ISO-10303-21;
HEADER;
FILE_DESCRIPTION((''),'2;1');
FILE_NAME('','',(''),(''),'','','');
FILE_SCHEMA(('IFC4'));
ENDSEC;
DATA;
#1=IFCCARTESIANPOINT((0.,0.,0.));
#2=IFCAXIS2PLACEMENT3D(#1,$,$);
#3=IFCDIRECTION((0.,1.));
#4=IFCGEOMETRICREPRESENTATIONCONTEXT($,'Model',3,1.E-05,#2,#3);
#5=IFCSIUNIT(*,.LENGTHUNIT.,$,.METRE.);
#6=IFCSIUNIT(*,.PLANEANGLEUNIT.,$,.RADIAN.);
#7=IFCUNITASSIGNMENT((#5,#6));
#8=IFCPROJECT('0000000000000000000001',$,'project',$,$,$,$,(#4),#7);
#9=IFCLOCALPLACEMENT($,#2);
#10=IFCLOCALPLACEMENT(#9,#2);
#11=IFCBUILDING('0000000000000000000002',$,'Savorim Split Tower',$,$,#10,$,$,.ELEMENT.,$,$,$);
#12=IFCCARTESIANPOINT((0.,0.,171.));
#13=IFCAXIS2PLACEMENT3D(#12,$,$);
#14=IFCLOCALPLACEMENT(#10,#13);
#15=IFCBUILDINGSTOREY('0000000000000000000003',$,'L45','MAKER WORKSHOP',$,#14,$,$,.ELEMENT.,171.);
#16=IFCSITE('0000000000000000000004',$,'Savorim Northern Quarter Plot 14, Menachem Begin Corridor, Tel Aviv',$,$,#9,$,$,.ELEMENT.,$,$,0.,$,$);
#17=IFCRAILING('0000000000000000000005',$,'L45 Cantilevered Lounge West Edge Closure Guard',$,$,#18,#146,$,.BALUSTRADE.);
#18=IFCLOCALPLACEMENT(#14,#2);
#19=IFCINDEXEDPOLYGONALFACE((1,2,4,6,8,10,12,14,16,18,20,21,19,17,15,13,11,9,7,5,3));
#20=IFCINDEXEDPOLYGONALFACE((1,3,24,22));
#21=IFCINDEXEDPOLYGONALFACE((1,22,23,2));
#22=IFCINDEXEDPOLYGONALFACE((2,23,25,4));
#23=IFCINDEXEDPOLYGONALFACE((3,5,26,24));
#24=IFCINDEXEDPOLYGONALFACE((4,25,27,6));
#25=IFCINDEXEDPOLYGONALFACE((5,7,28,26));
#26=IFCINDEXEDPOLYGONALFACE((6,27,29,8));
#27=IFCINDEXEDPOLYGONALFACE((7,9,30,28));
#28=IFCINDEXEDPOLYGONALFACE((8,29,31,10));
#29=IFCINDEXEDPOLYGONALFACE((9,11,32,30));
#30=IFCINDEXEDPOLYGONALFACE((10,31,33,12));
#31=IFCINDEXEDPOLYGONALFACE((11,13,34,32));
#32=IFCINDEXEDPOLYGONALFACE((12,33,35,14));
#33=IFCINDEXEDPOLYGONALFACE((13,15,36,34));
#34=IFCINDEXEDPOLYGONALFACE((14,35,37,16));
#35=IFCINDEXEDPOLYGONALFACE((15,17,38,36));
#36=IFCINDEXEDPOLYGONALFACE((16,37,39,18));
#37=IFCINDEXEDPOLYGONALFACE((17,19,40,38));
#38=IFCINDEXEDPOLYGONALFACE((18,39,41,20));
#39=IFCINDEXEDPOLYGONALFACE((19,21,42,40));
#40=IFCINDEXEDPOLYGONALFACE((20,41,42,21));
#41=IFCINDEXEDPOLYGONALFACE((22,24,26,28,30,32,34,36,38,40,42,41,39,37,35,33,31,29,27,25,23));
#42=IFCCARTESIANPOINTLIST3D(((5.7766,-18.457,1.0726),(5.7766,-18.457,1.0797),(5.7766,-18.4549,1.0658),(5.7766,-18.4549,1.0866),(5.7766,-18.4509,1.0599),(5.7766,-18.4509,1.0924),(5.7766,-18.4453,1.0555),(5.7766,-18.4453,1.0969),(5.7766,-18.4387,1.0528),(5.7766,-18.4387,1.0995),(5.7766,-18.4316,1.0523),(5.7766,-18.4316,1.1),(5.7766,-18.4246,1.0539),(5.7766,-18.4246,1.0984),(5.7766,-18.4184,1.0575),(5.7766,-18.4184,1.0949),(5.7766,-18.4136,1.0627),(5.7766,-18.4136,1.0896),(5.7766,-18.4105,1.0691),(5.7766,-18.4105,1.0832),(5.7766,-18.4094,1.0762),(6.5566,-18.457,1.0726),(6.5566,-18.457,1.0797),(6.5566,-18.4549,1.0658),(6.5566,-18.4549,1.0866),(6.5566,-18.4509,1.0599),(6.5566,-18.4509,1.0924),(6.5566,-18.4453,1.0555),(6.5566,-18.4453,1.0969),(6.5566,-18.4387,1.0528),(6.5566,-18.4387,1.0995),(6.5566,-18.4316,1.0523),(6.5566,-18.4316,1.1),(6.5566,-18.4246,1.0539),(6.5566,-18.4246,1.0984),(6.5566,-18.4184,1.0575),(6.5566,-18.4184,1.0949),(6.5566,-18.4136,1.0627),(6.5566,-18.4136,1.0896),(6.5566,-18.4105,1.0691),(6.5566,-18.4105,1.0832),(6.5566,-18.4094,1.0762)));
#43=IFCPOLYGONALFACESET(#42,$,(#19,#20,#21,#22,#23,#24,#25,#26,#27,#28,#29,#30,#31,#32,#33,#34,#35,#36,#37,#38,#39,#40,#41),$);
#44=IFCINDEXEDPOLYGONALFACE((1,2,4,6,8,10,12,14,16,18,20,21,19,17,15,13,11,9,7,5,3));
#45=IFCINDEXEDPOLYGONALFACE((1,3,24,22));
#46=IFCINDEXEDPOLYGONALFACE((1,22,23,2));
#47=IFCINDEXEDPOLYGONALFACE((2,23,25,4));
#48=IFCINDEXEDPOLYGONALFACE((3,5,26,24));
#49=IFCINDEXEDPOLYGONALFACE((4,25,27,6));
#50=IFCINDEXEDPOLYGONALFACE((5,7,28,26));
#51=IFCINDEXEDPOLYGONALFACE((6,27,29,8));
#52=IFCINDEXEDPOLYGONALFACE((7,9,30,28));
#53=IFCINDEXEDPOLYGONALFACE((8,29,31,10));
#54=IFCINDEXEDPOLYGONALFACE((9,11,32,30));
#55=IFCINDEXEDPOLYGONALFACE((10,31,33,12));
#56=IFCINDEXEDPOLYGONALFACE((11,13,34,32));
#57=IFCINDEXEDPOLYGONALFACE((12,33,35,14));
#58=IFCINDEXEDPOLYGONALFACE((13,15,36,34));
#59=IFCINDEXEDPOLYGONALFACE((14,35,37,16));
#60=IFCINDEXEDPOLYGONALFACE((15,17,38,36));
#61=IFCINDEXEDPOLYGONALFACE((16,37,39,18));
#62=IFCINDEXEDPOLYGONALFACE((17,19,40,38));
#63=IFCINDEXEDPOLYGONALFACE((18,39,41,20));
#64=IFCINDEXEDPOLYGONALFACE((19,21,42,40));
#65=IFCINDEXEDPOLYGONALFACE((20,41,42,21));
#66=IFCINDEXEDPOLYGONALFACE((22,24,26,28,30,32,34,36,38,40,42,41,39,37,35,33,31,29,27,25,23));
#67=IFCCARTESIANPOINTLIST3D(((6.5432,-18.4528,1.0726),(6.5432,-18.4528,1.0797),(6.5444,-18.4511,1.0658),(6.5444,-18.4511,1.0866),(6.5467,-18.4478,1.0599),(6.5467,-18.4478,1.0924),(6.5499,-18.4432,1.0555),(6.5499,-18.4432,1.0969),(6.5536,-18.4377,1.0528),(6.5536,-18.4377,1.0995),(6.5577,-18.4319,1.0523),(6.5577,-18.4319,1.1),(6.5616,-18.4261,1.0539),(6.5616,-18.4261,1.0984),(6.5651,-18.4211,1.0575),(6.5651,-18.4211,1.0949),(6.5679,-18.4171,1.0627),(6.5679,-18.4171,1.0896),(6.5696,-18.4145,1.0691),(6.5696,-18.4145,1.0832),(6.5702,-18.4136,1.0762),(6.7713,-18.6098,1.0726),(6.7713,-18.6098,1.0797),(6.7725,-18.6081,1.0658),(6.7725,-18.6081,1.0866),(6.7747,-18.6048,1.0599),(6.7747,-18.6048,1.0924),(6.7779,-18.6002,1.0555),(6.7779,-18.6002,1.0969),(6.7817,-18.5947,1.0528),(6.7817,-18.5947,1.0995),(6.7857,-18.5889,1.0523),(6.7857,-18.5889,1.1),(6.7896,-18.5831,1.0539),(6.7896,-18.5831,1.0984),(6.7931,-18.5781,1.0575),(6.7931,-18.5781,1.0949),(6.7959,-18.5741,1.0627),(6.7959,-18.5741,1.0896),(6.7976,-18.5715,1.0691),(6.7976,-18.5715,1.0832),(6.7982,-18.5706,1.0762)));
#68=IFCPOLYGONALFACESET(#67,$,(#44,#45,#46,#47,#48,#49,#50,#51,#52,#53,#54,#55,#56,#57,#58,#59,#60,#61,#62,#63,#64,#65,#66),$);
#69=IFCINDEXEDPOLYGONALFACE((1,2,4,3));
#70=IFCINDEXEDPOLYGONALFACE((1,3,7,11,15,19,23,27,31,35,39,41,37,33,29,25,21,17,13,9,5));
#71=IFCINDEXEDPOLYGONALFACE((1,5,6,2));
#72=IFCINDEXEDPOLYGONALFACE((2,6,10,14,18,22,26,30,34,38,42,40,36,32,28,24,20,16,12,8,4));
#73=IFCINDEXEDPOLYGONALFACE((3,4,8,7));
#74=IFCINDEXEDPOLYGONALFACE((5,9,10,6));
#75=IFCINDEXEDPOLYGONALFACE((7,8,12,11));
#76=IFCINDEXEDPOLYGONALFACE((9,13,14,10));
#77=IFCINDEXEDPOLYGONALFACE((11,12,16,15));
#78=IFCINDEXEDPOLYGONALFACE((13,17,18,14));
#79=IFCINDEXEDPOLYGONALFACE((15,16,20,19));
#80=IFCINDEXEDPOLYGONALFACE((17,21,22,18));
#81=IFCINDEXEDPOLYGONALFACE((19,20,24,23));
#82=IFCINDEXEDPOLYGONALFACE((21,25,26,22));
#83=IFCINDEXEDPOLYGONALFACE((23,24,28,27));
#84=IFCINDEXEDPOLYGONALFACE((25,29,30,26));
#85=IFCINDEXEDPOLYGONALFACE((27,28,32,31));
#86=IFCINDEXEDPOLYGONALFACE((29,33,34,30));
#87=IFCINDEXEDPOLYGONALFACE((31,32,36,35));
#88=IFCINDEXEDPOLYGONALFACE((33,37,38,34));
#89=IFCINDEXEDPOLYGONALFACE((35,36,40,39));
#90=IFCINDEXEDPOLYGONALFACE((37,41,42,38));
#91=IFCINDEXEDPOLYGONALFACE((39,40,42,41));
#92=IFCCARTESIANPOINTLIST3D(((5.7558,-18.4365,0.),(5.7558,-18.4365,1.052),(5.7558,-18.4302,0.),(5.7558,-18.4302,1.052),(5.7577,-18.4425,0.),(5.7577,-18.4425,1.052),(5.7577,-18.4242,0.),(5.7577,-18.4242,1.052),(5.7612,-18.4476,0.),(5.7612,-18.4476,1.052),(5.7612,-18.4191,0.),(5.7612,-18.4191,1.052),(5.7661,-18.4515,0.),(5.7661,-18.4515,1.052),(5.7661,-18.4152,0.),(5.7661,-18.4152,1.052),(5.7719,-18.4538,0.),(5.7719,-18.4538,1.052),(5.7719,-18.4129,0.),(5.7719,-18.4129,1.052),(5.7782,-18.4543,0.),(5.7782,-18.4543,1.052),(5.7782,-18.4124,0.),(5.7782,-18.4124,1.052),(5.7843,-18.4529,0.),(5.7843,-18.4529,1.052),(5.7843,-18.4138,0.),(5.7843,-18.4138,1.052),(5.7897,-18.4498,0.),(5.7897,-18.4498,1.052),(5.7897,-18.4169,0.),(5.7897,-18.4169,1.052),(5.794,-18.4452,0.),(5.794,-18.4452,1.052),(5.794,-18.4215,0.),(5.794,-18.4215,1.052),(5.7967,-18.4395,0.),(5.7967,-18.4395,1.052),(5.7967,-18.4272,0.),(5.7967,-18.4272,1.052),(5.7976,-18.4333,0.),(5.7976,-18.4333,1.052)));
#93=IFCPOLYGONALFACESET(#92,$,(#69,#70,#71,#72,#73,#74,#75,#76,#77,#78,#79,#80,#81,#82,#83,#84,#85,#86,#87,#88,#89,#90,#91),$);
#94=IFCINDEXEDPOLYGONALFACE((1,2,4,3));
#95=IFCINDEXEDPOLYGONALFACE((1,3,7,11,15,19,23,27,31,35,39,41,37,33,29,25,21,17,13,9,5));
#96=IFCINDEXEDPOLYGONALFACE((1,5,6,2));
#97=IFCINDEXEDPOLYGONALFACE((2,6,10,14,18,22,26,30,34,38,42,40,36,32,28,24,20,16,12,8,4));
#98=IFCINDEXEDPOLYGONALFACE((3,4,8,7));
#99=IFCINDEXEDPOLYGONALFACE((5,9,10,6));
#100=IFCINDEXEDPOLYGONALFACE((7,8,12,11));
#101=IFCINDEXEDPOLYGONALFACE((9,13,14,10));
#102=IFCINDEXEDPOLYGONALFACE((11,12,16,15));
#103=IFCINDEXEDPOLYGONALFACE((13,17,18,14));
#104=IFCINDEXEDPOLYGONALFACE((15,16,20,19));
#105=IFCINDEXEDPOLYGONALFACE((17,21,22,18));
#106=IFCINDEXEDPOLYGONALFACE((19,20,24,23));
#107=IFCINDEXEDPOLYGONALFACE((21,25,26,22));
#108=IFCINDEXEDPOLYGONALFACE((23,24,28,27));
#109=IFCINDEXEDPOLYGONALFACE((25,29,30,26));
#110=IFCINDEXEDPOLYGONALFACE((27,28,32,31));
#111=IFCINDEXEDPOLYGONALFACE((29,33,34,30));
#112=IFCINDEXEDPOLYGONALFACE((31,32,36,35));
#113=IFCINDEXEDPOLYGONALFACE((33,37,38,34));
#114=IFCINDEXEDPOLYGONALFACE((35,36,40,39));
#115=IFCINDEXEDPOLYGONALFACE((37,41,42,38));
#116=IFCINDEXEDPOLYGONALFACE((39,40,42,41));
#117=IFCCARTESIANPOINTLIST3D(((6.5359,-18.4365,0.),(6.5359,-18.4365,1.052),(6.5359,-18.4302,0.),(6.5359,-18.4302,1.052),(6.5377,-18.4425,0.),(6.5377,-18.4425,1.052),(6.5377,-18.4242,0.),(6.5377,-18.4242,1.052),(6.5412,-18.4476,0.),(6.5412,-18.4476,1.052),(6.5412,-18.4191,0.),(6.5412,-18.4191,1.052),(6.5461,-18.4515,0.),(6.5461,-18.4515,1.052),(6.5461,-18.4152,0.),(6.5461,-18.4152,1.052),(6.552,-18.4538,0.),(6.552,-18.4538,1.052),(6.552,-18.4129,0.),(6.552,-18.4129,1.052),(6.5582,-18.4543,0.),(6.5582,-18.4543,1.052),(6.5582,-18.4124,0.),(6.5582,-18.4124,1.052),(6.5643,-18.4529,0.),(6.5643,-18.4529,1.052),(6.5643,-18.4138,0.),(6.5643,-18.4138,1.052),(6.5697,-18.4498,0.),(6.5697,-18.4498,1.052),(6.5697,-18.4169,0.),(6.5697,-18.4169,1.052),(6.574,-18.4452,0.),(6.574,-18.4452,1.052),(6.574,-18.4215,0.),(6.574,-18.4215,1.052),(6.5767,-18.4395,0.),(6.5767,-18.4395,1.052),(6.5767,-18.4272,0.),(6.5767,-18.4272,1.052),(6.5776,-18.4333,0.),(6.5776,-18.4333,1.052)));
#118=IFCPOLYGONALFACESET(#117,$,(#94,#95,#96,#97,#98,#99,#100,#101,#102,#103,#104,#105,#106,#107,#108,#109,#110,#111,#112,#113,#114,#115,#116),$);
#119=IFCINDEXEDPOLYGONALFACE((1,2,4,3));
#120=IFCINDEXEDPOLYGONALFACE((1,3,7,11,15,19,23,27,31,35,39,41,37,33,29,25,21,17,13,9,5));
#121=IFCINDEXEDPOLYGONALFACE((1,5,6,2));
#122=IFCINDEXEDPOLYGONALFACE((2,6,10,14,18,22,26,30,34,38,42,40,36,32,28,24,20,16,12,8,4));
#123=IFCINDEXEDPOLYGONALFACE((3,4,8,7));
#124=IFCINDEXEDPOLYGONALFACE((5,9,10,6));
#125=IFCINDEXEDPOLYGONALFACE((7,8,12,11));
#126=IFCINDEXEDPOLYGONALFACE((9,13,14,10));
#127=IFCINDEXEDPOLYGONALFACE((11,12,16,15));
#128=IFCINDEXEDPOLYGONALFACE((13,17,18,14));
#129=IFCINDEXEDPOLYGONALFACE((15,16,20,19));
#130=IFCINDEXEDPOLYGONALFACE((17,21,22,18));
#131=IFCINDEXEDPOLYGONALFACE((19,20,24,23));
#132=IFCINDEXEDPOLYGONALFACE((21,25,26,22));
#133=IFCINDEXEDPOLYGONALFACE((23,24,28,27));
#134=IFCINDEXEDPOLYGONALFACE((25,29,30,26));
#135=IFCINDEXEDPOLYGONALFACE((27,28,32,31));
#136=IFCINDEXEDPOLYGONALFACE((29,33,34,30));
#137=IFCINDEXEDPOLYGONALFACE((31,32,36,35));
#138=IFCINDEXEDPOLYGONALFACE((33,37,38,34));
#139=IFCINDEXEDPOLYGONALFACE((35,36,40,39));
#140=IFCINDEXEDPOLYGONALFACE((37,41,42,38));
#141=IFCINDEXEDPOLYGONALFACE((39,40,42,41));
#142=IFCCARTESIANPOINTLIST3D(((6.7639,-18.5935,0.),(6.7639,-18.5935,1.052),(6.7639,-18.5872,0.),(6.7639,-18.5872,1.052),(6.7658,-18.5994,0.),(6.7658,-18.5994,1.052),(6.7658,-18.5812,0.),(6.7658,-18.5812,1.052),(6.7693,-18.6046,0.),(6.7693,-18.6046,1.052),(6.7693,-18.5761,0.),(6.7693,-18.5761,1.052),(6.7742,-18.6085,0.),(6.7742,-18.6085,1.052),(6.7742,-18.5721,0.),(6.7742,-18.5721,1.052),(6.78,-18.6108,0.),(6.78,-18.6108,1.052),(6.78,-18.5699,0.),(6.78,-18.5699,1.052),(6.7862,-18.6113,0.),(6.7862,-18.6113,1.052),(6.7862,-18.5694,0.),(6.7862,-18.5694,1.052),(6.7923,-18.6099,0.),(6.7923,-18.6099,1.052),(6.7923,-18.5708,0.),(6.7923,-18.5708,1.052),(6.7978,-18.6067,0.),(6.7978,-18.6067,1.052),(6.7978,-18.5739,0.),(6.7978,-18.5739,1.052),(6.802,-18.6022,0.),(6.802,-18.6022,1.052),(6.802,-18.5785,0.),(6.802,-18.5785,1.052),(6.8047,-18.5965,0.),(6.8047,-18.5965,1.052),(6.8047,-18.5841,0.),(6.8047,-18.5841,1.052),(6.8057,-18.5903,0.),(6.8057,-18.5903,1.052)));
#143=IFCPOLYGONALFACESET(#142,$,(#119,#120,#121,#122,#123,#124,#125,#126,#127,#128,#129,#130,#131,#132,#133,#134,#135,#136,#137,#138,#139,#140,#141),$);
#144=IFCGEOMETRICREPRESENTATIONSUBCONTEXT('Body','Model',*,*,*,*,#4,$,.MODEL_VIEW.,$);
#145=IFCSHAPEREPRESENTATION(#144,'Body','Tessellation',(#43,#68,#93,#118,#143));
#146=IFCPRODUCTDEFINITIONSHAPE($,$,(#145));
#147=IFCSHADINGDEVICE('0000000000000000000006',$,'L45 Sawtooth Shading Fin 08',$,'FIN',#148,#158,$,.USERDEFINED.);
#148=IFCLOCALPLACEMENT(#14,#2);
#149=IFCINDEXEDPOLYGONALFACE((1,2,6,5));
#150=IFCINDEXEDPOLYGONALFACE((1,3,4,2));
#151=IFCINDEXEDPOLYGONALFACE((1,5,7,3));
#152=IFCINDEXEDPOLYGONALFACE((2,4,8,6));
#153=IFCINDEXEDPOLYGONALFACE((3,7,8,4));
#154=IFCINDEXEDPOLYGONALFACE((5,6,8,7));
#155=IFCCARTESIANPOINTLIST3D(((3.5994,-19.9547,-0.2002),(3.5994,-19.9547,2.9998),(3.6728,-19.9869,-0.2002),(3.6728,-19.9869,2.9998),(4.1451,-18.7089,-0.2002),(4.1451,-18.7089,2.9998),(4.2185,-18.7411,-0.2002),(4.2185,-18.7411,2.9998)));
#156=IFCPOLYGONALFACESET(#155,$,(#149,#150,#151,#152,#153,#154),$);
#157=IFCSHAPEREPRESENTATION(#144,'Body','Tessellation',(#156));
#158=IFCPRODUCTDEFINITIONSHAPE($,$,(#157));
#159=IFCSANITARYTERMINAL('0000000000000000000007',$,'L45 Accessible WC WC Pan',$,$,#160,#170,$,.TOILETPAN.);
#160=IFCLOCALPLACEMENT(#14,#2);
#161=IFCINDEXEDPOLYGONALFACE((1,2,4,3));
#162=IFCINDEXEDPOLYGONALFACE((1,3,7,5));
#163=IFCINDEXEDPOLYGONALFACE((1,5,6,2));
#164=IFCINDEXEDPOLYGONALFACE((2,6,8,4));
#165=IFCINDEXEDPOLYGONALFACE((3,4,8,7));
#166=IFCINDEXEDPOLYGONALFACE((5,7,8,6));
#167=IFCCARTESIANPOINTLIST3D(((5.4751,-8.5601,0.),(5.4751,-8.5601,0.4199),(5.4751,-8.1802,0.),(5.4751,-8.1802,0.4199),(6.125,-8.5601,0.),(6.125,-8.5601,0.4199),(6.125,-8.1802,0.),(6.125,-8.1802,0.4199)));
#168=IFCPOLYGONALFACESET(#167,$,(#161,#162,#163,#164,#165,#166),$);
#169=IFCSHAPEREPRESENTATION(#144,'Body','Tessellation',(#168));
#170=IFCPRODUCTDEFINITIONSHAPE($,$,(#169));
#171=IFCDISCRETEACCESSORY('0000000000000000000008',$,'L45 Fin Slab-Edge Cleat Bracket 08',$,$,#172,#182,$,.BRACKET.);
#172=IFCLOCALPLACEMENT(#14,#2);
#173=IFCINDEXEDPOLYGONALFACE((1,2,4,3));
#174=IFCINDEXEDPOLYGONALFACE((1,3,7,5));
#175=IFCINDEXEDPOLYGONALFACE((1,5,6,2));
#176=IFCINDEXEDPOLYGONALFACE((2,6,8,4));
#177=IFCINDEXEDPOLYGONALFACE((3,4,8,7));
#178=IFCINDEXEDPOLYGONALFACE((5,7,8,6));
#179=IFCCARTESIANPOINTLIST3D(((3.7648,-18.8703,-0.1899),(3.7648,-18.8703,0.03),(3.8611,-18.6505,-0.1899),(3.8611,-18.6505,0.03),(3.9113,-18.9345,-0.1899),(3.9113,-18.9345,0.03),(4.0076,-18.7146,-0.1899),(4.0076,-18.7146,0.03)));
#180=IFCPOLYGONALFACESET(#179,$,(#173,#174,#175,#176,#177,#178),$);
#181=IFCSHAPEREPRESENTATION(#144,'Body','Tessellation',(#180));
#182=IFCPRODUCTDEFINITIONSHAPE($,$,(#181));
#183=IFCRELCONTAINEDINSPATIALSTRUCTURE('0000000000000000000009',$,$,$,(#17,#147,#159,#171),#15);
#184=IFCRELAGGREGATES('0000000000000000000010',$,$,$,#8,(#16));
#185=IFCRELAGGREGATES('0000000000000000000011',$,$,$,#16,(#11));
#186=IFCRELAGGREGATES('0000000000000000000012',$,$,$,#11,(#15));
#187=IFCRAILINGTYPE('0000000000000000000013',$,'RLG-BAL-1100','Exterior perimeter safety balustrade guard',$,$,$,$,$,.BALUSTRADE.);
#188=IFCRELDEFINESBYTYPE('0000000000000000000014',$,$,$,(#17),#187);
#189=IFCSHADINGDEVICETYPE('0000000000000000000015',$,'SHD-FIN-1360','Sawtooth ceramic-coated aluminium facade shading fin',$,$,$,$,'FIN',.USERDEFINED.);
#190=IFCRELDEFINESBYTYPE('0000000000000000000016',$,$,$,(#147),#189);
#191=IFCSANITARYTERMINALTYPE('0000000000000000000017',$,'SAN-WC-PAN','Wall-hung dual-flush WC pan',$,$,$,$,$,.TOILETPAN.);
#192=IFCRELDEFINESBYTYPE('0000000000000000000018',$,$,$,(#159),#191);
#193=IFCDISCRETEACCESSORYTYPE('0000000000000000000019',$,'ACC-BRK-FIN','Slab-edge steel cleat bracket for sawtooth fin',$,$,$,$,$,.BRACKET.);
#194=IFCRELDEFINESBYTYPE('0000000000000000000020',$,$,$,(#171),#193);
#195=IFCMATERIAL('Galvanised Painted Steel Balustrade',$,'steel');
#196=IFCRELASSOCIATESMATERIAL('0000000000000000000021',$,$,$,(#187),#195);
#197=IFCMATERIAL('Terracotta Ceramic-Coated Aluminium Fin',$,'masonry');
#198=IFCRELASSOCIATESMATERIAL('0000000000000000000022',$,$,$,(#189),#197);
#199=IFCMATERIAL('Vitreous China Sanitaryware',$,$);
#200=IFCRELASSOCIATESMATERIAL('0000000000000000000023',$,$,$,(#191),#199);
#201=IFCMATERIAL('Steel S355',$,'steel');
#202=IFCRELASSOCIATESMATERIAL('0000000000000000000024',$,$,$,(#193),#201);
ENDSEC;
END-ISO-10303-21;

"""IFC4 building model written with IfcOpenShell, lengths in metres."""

from ifc_helpers import new_model, si_unit, direction, frame, origin, origin_2d, place, context, subcontext, project, spatial, rectangle, circle, extrude, material, type_object, element, save


model = new_model("IFC4")

# Units and contexts
model_context = context("Model", 3, precision=1e-05, world=origin(), true_north=direction((0.0, 1.0)))
body_context = subcontext(model_context, "Body", "Model", "MODEL_VIEW")
ifc_project = project(units=[si_unit("LENGTHUNIT", "METRE"), si_unit("PLANEANGLEUNIT", "RADIAN")], contexts=[model_context])

# Site, building, storey
site_placement = place(None, origin())
site = spatial("IfcSite", under=ifc_project, at=site_placement, Name="Savorim Northern Quarter Plot 14, Menachem Begin Corridor, Tel Aviv", CompositionType="ELEMENT", RefElevation=0.0)
building_placement = place(site_placement, origin())
building = spatial("IfcBuilding", under=site, at=building_placement, Name="Savorim Split Tower", CompositionType="ELEMENT")
storey_placement = place(building_placement, frame((0.0, 0.0, 171.0)))
storey = spatial("IfcBuildingStorey", under=building, at=storey_placement, Name="L45", Description="MAKER WORKSHOP", CompositionType="ELEMENT", Elevation=171.0)

# Shared definitions
ifc_material_1 = material(Name="Steel S355", Category="steel")

# Railing
ifc_material_2 = material(Name="Galvanised Painted Steel Balustrade", Category="steel")
railing_type = type_object("IfcRailingType", Name="RLG-BAL-1100", Description="Exterior perimeter safety balustrade guard", PredefinedType="BALUSTRADE", material=ifc_material_2)
railing_placement = place(storey_placement, frame((5.7766, -18.4333, 0.0)))
element("IfcRailing", 1, at=railing_placement, inside=storey, type_object=railing_type, Name="L45 Cantilevered Lounge West Edge Closure Guard", PredefinedType="BALUSTRADE", context=body_context, shape_type="SweptSolid", body=[
    extrude(circle(Radius=0.0239, at=origin_2d()), frame((0.0, 0.0, 1.0762), z_axis=(1.0, 0.0, 0.0), x_axis=(0.0, 1.0, 0.0)), (0.0, 0.0, 1.0), 0.78),
    extrude(circle(Radius=0.0239, at=origin_2d()), frame((0.78, 0.0, 1.0762), z_axis=(0.823682, -0.567053, 0.0), x_axis=(0.567053, 0.823682, 0.0)), (0.0, 0.0, 1.0), 0.2769),
    extrude(circle(Radius=0.021, at=origin_2d()), origin(), (0.0, 0.0, 1.0), 1.052),
    extrude(circle(Radius=0.021, at=origin_2d()), frame((0.78, 0.0, 0.0)), (0.0, 0.0, 1.0), 1.052),
    extrude(circle(Radius=0.021, at=origin_2d()), frame((1.0081, -0.157, 0.0)), (0.0, 0.0, 1.0), 1.052),
])

# Shading device
ifc_material_3 = material(Name="Terracotta Ceramic-Coated Aluminium Fin", Category="masonry")
shading_device_type = type_object("IfcShadingDeviceType", Name="SHD-FIN-1360", Description="Sawtooth ceramic-coated aluminium facade shading fin", ElementType="FIN", PredefinedType="USERDEFINED", material=ifc_material_3)
shading_device_placement = place(storey_placement, frame((3.9089, -19.3479, -0.2002), z_axis=(0.0, 0.0, 1.0), x_axis=(-0.40123, -0.915977, 0.0)))
element("IfcShadingDevice", 2, at=shading_device_placement, inside=storey, type_object=shading_device_type, Name="L45 Sawtooth Shading Fin 08", ObjectType="FIN", PredefinedType="USERDEFINED", context=body_context, shape_type="SweptSolid", body=[
    extrude(rectangle(XDim=1.3601, YDim=0.0801, at=origin_2d()), origin(), (0.0, 0.0, 1.0), 3.2),
])

# Sanitary terminal
ifc_material_4 = material(Name="Vitreous China Sanitaryware")
sanitary_terminal_type = type_object("IfcSanitaryTerminalType", Name="SAN-WC-PAN", Description="Wall-hung dual-flush WC pan", PredefinedType="TOILETPAN", material=ifc_material_4)
sanitary_terminal_placement = place(storey_placement, frame((5.8, -8.3701, 0.0), z_axis=(0.0, 0.0, 1.0), x_axis=(1.0, 0.0, 0.0)))
element("IfcSanitaryTerminal", 3, at=sanitary_terminal_placement, inside=storey, type_object=sanitary_terminal_type, Name="L45 Accessible WC WC Pan", PredefinedType="TOILETPAN", context=body_context, shape_type="SweptSolid", body=[
    extrude(rectangle(XDim=0.6499, YDim=0.3799, at=origin_2d()), origin(), (0.0, 0.0, 1.0), 0.4199),
])

# Discrete accessory
discrete_accessory_type = type_object("IfcDiscreteAccessoryType", Name="ACC-BRK-FIN", Description="Slab-edge steel cleat bracket for sawtooth fin", PredefinedType="BRACKET", material=ifc_material_1)
discrete_accessory_placement = place(storey_placement, frame((3.8862, -18.7925, -0.1899), z_axis=(0.0, 0.0, 1.0), x_axis=(-0.40123, -0.915977, 0.0)))
element("IfcDiscreteAccessory", 4, at=discrete_accessory_placement, inside=storey, type_object=discrete_accessory_type, Name="L45 Fin Slab-Edge Cleat Bracket 08", PredefinedType="BRACKET", context=body_context, shape_type="SweptSolid", body=[
    extrude(rectangle(XDim=0.24, YDim=0.1599, at=origin_2d()), origin(), (0.0, 0.0, 1.0), 0.22),
])

save(model, "model.ifc")
